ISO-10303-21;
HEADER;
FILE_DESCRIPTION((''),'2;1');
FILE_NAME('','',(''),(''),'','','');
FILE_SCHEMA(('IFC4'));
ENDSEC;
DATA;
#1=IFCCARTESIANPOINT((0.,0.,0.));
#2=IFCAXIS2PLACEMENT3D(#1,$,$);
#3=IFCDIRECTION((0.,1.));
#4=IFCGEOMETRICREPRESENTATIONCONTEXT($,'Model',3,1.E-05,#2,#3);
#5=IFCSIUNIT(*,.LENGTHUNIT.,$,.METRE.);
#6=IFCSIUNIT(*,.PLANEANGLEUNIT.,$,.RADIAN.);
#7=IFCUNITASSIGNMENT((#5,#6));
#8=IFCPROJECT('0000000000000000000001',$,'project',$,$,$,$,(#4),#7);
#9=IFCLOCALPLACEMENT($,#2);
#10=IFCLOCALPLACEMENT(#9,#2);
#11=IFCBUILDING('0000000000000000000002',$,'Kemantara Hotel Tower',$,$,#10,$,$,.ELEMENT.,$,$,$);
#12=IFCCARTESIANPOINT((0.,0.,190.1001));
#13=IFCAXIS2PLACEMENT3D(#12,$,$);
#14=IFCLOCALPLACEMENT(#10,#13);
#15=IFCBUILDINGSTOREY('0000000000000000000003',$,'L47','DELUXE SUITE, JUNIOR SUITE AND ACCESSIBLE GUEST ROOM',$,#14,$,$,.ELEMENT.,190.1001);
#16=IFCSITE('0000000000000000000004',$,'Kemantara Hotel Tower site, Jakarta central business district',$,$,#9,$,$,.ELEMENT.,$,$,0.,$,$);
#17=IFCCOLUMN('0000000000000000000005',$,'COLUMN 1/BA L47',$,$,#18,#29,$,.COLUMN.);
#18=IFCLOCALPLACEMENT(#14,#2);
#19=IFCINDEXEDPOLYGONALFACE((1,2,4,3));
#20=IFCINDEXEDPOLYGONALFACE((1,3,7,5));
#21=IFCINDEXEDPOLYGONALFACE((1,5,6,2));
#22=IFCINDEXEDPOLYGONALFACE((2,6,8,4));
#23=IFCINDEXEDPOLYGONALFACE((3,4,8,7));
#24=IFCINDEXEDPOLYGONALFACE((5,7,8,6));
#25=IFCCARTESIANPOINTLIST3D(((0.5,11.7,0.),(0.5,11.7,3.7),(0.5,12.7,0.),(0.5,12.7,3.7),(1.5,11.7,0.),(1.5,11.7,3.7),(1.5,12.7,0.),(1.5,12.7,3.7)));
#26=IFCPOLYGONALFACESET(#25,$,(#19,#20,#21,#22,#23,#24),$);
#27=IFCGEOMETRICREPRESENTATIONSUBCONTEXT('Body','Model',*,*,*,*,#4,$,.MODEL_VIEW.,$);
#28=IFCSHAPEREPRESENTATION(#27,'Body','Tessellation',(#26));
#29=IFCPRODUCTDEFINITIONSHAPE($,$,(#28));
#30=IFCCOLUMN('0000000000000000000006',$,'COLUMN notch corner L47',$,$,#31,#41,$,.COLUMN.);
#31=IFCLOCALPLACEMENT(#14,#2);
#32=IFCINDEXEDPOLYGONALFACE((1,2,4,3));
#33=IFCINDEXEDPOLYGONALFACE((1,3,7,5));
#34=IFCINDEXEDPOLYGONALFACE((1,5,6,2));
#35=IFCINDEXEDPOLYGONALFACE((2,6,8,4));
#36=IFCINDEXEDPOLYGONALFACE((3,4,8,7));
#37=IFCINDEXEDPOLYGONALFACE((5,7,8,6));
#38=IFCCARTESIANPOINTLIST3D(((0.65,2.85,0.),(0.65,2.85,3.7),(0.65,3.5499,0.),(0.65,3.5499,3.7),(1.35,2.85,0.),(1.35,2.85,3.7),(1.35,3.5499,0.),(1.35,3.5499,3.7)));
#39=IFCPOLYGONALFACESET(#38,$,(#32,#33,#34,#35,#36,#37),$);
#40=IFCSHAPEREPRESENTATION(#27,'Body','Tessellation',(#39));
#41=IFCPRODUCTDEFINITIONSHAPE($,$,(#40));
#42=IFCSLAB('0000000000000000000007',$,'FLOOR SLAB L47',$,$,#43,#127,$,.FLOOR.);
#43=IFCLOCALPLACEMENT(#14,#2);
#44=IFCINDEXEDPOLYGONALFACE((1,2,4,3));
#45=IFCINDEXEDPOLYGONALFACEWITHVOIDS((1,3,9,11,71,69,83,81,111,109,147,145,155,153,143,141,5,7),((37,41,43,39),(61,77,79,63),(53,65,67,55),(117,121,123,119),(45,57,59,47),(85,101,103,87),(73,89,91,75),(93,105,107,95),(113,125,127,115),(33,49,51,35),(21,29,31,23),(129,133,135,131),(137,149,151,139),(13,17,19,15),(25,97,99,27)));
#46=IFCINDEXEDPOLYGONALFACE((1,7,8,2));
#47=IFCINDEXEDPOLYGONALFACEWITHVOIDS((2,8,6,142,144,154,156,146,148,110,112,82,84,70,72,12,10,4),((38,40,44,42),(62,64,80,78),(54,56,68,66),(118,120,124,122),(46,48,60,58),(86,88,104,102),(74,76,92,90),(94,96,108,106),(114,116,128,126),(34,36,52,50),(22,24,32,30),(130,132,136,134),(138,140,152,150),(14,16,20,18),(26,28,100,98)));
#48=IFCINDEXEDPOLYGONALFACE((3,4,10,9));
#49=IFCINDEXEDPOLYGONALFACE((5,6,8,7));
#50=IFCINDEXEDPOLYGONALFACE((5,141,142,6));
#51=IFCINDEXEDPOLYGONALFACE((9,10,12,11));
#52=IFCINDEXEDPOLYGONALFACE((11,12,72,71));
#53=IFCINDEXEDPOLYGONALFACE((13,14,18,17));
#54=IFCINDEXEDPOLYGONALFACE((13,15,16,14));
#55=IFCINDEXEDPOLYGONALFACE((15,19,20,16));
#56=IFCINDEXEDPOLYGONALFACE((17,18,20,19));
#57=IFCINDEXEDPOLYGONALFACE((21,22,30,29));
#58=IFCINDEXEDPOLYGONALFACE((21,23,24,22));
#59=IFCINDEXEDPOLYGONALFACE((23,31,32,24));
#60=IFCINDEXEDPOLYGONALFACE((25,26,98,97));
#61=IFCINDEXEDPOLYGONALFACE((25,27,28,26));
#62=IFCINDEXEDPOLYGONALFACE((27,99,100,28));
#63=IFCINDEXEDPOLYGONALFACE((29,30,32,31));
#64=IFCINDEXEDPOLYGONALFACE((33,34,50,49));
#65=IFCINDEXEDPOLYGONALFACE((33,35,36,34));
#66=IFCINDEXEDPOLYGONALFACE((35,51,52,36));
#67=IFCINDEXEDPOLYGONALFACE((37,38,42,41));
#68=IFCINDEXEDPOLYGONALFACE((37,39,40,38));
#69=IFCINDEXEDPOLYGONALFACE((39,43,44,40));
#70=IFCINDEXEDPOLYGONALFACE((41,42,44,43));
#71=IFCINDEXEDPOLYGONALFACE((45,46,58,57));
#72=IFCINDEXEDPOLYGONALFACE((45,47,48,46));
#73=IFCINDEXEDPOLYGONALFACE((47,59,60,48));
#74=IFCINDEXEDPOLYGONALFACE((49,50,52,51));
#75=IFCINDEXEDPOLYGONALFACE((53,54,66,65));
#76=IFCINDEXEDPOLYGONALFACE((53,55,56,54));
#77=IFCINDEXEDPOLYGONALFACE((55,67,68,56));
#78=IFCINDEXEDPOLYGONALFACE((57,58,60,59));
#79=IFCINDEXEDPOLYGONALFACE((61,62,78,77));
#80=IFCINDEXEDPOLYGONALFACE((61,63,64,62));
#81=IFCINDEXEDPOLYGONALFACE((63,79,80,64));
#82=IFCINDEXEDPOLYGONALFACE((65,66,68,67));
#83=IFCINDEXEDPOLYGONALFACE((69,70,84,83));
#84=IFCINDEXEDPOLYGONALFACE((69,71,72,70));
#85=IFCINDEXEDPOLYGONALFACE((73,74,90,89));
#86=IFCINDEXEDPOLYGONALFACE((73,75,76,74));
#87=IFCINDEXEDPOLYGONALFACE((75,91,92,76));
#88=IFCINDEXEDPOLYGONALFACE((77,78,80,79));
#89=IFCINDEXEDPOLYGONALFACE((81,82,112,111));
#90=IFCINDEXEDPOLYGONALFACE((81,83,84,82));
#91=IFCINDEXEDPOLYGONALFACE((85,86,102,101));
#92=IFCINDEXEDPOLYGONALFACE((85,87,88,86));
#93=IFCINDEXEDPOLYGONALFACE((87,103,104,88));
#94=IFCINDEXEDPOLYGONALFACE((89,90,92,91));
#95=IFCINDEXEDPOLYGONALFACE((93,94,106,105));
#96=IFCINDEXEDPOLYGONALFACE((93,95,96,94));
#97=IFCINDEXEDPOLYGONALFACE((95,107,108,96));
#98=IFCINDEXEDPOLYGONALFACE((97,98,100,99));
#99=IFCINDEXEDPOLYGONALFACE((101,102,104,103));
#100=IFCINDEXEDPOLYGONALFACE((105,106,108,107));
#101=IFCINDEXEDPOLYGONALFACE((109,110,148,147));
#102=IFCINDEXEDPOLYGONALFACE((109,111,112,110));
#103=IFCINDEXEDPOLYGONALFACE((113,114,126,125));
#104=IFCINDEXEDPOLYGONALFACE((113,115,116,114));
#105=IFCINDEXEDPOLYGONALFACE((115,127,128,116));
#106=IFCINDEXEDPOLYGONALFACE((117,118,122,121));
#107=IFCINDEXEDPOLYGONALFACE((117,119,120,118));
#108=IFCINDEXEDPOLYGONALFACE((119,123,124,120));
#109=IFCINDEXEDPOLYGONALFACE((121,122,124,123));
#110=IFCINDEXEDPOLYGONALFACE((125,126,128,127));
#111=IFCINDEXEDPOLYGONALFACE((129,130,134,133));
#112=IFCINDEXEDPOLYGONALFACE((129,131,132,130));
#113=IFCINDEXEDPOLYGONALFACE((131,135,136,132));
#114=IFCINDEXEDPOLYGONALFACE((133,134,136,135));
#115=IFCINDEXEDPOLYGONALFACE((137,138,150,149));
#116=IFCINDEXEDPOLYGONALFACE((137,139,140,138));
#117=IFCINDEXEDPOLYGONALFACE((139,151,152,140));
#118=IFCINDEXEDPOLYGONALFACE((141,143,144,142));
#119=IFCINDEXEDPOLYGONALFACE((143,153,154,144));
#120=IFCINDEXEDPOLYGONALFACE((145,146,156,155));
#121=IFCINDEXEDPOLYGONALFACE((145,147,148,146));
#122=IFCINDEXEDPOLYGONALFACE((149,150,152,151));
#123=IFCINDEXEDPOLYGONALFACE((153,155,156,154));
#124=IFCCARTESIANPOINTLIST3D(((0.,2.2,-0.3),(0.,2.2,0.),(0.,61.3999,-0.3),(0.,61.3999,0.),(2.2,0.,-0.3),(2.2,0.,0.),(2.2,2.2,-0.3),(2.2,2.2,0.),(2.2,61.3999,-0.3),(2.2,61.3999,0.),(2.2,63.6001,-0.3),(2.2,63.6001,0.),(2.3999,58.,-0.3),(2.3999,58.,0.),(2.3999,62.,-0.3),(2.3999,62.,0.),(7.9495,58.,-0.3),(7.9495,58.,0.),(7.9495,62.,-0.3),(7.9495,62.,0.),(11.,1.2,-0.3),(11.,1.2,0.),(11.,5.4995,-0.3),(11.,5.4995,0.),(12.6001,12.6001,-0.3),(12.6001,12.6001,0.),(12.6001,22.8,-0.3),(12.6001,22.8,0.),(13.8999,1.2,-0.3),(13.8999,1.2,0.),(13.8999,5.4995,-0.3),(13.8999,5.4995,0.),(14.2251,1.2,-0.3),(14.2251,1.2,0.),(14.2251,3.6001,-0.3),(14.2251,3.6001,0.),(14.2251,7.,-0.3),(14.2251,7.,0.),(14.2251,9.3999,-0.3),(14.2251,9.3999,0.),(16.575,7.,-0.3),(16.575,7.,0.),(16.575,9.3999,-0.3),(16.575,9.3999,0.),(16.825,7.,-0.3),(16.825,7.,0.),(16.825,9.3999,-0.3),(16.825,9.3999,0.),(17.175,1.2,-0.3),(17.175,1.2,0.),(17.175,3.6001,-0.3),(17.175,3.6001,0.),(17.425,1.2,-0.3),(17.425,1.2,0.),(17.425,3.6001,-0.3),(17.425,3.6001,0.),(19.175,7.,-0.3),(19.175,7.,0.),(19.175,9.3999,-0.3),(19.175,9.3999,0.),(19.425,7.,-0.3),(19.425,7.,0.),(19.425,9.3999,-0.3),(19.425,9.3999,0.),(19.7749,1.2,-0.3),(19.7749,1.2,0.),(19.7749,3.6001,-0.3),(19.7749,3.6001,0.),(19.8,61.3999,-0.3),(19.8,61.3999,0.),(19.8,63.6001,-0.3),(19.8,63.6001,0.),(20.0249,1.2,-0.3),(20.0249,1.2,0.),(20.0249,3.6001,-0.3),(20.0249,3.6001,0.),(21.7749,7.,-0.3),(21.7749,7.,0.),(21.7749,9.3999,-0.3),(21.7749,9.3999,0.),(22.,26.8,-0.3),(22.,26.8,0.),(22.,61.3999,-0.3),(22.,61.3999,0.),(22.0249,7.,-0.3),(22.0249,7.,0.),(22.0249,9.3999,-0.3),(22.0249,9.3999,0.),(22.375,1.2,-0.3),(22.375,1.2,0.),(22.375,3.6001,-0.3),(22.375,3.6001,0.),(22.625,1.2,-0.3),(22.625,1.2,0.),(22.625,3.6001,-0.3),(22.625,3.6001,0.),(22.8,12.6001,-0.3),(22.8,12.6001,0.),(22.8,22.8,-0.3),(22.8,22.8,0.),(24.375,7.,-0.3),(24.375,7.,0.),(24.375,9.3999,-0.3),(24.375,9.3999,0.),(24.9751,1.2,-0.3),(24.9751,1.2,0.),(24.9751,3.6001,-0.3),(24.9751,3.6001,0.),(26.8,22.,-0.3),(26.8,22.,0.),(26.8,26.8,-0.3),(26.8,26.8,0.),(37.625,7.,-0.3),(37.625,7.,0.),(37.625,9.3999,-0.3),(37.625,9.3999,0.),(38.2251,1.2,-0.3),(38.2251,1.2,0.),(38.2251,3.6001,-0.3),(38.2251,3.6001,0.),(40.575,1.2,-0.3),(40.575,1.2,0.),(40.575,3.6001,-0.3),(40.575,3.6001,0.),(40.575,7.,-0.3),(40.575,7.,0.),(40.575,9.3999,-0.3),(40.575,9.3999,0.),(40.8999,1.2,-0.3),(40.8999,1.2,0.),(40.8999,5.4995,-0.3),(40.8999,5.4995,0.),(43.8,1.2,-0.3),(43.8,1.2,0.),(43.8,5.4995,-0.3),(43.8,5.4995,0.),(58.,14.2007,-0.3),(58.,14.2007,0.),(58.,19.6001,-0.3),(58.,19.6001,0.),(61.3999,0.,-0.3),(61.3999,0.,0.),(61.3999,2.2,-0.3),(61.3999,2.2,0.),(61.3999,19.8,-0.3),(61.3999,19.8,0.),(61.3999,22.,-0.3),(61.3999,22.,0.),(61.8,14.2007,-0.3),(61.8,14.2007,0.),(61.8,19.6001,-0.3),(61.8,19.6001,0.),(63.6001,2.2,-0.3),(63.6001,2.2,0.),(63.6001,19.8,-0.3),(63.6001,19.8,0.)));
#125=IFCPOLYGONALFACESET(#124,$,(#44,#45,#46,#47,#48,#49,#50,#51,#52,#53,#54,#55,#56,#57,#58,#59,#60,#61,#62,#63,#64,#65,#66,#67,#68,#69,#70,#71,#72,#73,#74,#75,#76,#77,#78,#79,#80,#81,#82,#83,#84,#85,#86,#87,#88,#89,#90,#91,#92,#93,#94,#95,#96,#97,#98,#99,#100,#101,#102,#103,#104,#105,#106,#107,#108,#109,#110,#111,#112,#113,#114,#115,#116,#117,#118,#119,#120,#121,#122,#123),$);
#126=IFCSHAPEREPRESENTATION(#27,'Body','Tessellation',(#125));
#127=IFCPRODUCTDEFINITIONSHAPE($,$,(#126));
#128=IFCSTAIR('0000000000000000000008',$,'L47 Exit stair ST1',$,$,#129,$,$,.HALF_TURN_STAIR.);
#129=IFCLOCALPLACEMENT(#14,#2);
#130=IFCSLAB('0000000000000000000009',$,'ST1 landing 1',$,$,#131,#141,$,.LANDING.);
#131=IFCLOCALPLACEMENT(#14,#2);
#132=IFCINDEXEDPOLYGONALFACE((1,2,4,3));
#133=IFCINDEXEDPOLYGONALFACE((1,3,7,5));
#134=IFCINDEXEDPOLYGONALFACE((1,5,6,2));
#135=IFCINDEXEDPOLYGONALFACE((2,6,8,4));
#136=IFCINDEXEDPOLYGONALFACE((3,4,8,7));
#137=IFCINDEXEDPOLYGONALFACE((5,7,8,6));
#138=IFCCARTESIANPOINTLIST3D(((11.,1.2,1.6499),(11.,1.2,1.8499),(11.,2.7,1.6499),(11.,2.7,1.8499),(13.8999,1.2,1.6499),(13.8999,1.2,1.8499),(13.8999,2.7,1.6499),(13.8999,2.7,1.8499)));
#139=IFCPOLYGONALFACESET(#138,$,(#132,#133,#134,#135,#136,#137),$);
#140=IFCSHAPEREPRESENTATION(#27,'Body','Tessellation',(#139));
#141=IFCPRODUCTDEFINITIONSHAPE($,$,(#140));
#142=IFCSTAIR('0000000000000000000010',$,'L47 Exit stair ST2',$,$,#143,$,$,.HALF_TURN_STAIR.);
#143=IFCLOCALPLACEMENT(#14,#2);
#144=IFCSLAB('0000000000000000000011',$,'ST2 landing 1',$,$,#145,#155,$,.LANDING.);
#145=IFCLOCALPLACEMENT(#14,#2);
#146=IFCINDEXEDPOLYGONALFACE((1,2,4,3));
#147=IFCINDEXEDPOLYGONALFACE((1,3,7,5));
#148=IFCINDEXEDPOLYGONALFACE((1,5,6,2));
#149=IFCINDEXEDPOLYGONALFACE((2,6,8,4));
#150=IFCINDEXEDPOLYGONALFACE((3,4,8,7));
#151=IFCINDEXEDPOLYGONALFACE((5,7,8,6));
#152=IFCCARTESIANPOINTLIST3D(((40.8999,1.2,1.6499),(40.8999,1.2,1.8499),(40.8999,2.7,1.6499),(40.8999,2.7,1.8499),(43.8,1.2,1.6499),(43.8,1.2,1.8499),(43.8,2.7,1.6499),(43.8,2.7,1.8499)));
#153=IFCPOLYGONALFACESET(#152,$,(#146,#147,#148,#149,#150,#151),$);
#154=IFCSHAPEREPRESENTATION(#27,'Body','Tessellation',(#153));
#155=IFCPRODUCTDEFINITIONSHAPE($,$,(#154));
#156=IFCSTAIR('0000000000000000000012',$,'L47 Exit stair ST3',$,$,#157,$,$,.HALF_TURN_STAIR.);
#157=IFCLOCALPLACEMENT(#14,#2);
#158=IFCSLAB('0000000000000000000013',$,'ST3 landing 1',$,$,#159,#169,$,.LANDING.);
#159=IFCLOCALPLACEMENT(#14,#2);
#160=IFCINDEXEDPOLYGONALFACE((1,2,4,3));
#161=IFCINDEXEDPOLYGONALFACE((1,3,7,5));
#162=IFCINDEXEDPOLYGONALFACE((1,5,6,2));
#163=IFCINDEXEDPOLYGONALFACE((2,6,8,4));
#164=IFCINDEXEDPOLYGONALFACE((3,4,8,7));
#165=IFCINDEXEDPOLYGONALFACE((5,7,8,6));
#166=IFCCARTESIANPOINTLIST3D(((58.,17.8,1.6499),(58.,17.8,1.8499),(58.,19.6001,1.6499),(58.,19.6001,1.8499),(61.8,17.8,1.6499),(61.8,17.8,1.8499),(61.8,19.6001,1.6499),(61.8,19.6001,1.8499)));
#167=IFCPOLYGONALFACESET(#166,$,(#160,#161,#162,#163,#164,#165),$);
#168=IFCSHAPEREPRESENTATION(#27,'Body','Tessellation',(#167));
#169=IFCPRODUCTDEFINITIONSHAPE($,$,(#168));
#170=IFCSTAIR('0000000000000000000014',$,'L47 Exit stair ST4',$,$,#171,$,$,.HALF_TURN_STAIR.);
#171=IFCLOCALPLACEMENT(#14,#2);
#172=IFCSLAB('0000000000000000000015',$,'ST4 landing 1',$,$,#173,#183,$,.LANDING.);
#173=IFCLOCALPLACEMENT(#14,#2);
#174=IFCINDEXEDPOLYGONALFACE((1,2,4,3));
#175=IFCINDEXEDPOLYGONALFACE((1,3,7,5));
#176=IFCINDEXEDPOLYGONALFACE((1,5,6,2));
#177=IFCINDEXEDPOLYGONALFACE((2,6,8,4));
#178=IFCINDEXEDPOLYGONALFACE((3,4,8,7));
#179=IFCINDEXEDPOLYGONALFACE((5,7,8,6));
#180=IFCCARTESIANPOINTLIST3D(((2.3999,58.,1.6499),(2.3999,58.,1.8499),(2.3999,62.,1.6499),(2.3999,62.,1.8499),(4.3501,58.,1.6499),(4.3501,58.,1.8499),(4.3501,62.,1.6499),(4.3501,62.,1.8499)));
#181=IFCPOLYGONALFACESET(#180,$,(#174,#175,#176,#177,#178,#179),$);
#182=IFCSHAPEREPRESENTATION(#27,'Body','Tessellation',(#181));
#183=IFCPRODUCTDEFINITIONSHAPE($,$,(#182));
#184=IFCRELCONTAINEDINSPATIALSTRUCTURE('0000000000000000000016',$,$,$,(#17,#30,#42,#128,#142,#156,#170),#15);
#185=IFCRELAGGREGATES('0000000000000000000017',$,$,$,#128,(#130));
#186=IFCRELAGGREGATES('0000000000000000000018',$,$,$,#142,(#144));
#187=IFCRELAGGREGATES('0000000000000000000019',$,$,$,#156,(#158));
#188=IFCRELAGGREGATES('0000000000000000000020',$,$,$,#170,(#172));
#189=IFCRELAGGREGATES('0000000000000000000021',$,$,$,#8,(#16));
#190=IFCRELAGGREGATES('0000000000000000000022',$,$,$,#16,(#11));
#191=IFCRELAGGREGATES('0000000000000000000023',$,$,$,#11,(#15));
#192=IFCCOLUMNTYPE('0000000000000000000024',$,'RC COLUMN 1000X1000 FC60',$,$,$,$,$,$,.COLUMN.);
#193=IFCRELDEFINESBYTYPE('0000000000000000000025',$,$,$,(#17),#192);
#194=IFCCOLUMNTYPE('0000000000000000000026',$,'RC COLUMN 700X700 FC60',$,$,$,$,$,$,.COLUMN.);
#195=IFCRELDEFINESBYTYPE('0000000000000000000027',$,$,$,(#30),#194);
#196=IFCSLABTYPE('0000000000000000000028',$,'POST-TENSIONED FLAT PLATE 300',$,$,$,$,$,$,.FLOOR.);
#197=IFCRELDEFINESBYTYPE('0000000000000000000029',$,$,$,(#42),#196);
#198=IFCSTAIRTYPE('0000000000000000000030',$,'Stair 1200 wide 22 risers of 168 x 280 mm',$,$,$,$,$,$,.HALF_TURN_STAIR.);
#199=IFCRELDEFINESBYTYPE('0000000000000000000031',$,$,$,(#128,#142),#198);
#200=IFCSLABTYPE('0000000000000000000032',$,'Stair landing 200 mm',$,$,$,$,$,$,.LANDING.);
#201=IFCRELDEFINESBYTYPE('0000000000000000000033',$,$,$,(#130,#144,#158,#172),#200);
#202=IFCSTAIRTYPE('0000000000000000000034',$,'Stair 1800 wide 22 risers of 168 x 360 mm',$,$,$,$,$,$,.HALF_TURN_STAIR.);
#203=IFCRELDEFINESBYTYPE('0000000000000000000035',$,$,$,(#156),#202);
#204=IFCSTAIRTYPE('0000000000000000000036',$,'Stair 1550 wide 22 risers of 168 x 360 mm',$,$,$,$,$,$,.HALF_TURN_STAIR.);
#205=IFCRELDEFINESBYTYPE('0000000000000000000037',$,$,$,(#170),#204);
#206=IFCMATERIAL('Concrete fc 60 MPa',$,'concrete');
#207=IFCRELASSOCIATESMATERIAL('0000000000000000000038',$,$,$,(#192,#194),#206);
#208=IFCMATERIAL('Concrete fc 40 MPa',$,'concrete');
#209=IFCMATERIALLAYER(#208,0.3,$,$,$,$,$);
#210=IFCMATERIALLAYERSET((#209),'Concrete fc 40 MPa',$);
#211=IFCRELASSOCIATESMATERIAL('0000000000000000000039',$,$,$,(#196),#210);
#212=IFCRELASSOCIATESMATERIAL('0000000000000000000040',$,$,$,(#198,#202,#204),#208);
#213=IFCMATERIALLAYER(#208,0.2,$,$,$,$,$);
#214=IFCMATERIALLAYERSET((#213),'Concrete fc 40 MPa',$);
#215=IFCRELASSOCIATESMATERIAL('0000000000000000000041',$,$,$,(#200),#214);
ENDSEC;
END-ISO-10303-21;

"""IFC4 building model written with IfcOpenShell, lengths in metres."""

from ifc_helpers import new_model, si_unit, direction, frame, origin, origin_2d, place, context, subcontext, project, spatial, polyline, rectangle, outline, extrude, material, layer, layer_set, material_profile, profile_set, type_object, element, aggregate, save


model = new_model("IFC4")

# Units and contexts
model_context = context("Model", 3, precision=1e-05, world=origin(), true_north=direction((0.0, 1.0)))
body_context = subcontext(model_context, "Body", "Model", "MODEL_VIEW")
ifc_project = project(units=[si_unit("LENGTHUNIT", "METRE"), si_unit("PLANEANGLEUNIT", "RADIAN")], contexts=[model_context])

# Site, building, storey
site_placement = place(None, origin())
site = spatial("IfcSite", under=ifc_project, at=site_placement, Name="Kemantara Hotel Tower site, Jakarta central business district", CompositionType="ELEMENT", RefElevation=0.0)
building_placement = place(site_placement, origin())
building = spatial("IfcBuilding", under=site, at=building_placement, Name="Kemantara Hotel Tower", CompositionType="ELEMENT")
storey_placement = place(building_placement, frame((0.0, 0.0, 190.1001)))
storey = spatial("IfcBuildingStorey", under=building, at=storey_placement, Name="L47", Description="DELUXE SUITE, JUNIOR SUITE AND ACCESSIBLE GUEST ROOM", CompositionType="ELEMENT", Elevation=190.1001)

# Columns
ifc_material_1 = material(Name="Concrete fc 60 MPa", Category="concrete")
ifc_material_profile_1 = material_profile(ifc_material_1, rectangle(XDim=1.0, YDim=1.0, at=origin_2d()), Name="RC 1000X1000")
ifc_profile_set_1 = profile_set([ifc_material_profile_1], Name="Concrete fc 60 MPa")
column_type_1 = type_object("IfcColumnType", Name="RC COLUMN 1000X1000 FC60", PredefinedType="COLUMN", material=ifc_profile_set_1)
column_1_placement = place(storey_placement, frame((1.0, 12.2, 0.0), z_axis=(0.0, 0.0, 1.0), x_axis=(1.0, 0.0, 0.0)))
element("IfcColumn", 1, at=column_1_placement, inside=storey, type_object=column_type_1, Name="COLUMN 1/BA L47", PredefinedType="COLUMN", context=body_context, shape_type="SweptSolid", body=[
    extrude(rectangle(XDim=1.0, YDim=1.0, at=origin_2d()), origin(), (0.0, 0.0, 1.0), 3.7),
])
ifc_material_profile_2 = material_profile(ifc_material_1, rectangle(XDim=0.7, YDim=0.7, at=origin_2d()), Name="RC 700X700")
ifc_profile_set_2 = profile_set([ifc_material_profile_2], Name="Concrete fc 60 MPa")
column_type_2 = type_object("IfcColumnType", Name="RC COLUMN 700X700 FC60", PredefinedType="COLUMN", material=ifc_profile_set_2)
column_2_placement = place(storey_placement, frame((1.0, 3.2, 0.0), z_axis=(0.0, 0.0, 1.0), x_axis=(1.0, 0.0, 0.0)))
element("IfcColumn", 2, at=column_2_placement, inside=storey, type_object=column_type_2, Name="COLUMN notch corner L47", PredefinedType="COLUMN", context=body_context, shape_type="SweptSolid", body=[
    extrude(rectangle(XDim=0.7, YDim=0.7, at=origin_2d()), origin(), (0.0, 0.0, 1.0), 3.7),
])

# Slab
ifc_material_2 = material(Name="Concrete fc 40 MPa", Category="concrete")
ifc_layer_1 = layer(ifc_material_2, 0.3)
ifc_layer_set_1 = layer_set([ifc_layer_1], Name="Concrete fc 40 MPa")
slab_type_1 = type_object("IfcSlabType", Name="POST-TENSIONED FLAT PLATE 300", PredefinedType="FLOOR", material=ifc_layer_set_1)
slab_1_placement = place(storey_placement, frame((0.0, 0.0, -0.3)))
element("IfcSlab", 3, at=slab_1_placement, inside=storey, type_object=slab_type_1, Name="FLOOR SLAB L47", PredefinedType="FLOOR", context=body_context, shape_type="SweptSolid", body=[
    extrude(outline(polyline([(22.0, 26.8), (22.0, 61.3999), (19.8, 61.3999), (19.8, 63.6001), (2.2, 63.6001), (2.2, 61.3999), (0.0, 61.3999), (0.0, 2.2), (2.2, 2.2), (2.2, 0.0), (61.3999, 0.0), (61.3999, 2.2), (63.6001, 2.2), (63.6001, 19.8), (61.3999, 19.8), (61.3999, 22.0), (26.8, 22.0), (26.8, 26.8), (22.0, 26.8)]), holes=[polyline([(17.175, 3.6001), (17.175, 1.2), (14.2251, 1.2), (14.2251, 3.6001), (17.175, 3.6001)]), polyline([(19.7749, 1.2), (17.425, 1.2), (17.425, 3.6001), (19.7749, 3.6001), (19.7749, 1.2)]), polyline([(11.0, 1.2), (11.0, 5.4995), (13.8999, 5.4995), (13.8999, 1.2), (11.0, 1.2)]), polyline([(16.575, 7.0), (14.2251, 7.0), (14.2251, 9.3999), (16.575, 9.3999), (16.575, 7.0)]), polyline([(19.175, 7.0), (16.825, 7.0), (16.825, 9.3999), (19.175, 9.3999), (19.175, 7.0)]), polyline([(21.7749, 7.0), (19.425, 7.0), (19.425, 9.3999), (21.7749, 9.3999), (21.7749, 7.0)]), polyline([(22.8, 12.6001), (12.6001, 12.6001), (12.6001, 22.8), (22.8, 22.8), (22.8, 12.6001)]), polyline([(2.3999, 62.0), (7.9495, 62.0), (7.9495, 58.0), (2.3999, 58.0), (2.3999, 62.0)]), polyline([(22.375, 1.2), (20.0249, 1.2), (20.0249, 3.6001), (22.375, 3.6001), (22.375, 1.2)]), polyline([(24.9751, 1.2), (22.625, 1.2), (22.625, 3.6001), (24.9751, 3.6001), (24.9751, 1.2)]), polyline([(40.575, 1.2), (38.2251, 1.2), (38.2251, 3.6001), (40.575, 3.6001), (40.575, 1.2)]), polyline([(40.8999, 1.2), (40.8999, 5.4995), (43.8, 5.4995), (43.8, 1.2), (40.8999, 1.2)]), polyline([(24.375, 7.0), (22.0249, 7.0), (22.0249, 9.3999), (24.375, 9.3999), (24.375, 7.0)]), polyline([(40.575, 7.0), (37.625, 7.0), (37.625, 9.3999), (40.575, 9.3999), (40.575, 7.0)]), polyline([(61.8, 19.6001), (61.8, 14.2007), (58.0, 14.2007), (58.0, 19.6001), (61.8, 19.6001)])]), origin(), (0.0, 0.0, 1.0), 0.3),
])

# Stairs, slabs
stair_type_1 = type_object("IfcStairType", Name="Stair 1200 wide 22 risers of 168 x 280 mm", PredefinedType="HALF_TURN_STAIR", material=ifc_material_2)
stair_1_placement = place(storey_placement, origin())
stair_1 = element("IfcStair", 4, at=stair_1_placement, inside=storey, type_object=stair_type_1, Name="L47 Exit stair ST1", PredefinedType="HALF_TURN_STAIR")
ifc_layer_2 = layer(ifc_material_2, 0.2)
ifc_layer_set_2 = layer_set([ifc_layer_2], Name="Concrete fc 40 MPa")
slab_type_2 = type_object("IfcSlabType", Name="Stair landing 200 mm", PredefinedType="LANDING", material=ifc_layer_set_2)
slab_2_placement = place(storey_placement, frame((0.0, 0.0, 1.6499)))
slab_2 = element("IfcSlab", 5, at=slab_2_placement, type_object=slab_type_2, Name="ST1 landing 1", PredefinedType="LANDING", context=body_context, shape_type="SweptSolid", body=[
    extrude(outline(polyline([(11.0, 2.7), (11.0, 1.2), (13.8999, 1.2), (13.8999, 2.7), (11.0, 2.7)])), origin(), (0.0, 0.0, 1.0), 0.2),
])
aggregate(stair_1, [slab_2])
stair_2_placement = place(storey_placement, origin())
stair_2 = element("IfcStair", 6, at=stair_2_placement, inside=storey, type_object=stair_type_1, Name="L47 Exit stair ST2", PredefinedType="HALF_TURN_STAIR")
slab_3_placement = place(storey_placement, frame((0.0, 0.0, 1.6499)))
slab_3 = element("IfcSlab", 7, at=slab_3_placement, type_object=slab_type_2, Name="ST2 landing 1", PredefinedType="LANDING", context=body_context, shape_type="SweptSolid", body=[
    extrude(outline(polyline([(40.8999, 2.7), (40.8999, 1.2), (43.8, 1.2), (43.8, 2.7), (40.8999, 2.7)])), origin(), (0.0, 0.0, 1.0), 0.2),
])
aggregate(stair_2, [slab_3])
stair_type_2 = type_object("IfcStairType", Name="Stair 1800 wide 22 risers of 168 x 360 mm", PredefinedType="HALF_TURN_STAIR", material=ifc_material_2)
stair_3_placement = place(storey_placement, origin())
stair_3 = element("IfcStair", 8, at=stair_3_placement, inside=storey, type_object=stair_type_2, Name="L47 Exit stair ST3", PredefinedType="HALF_TURN_STAIR")
slab_4_placement = place(storey_placement, frame((0.0, 0.0, 1.6499)))
slab_4 = element("IfcSlab", 9, at=slab_4_placement, type_object=slab_type_2, Name="ST3 landing 1", PredefinedType="LANDING", context=body_context, shape_type="SweptSolid", body=[
    extrude(outline(polyline([(61.8, 17.8), (61.8, 19.6001), (58.0, 19.6001), (58.0, 17.8), (61.8, 17.8)])), origin(), (0.0, 0.0, 1.0), 0.2),
])
aggregate(stair_3, [slab_4])
stair_type_3 = type_object("IfcStairType", Name="Stair 1550 wide 22 risers of 168 x 360 mm", PredefinedType="HALF_TURN_STAIR", material=ifc_material_2)
stair_4_placement = place(storey_placement, origin())
stair_4 = element("IfcStair", 10, at=stair_4_placement, inside=storey, type_object=stair_type_3, Name="L47 Exit stair ST4", PredefinedType="HALF_TURN_STAIR")
slab_5_placement = place(storey_placement, frame((0.0, 0.0, 1.6499)))
slab_5 = element("IfcSlab", 11, at=slab_5_placement, type_object=slab_type_2, Name="ST4 landing 1", PredefinedType="LANDING", context=body_context, shape_type="SweptSolid", body=[
    extrude(outline(polyline([(4.3501, 62.0), (2.3999, 62.0), (2.3999, 58.0), (4.3501, 58.0), (4.3501, 62.0)])), origin(), (0.0, 0.0, 1.0), 0.2),
])
aggregate(stair_4, [slab_5])

save(model, "model.ifc")
